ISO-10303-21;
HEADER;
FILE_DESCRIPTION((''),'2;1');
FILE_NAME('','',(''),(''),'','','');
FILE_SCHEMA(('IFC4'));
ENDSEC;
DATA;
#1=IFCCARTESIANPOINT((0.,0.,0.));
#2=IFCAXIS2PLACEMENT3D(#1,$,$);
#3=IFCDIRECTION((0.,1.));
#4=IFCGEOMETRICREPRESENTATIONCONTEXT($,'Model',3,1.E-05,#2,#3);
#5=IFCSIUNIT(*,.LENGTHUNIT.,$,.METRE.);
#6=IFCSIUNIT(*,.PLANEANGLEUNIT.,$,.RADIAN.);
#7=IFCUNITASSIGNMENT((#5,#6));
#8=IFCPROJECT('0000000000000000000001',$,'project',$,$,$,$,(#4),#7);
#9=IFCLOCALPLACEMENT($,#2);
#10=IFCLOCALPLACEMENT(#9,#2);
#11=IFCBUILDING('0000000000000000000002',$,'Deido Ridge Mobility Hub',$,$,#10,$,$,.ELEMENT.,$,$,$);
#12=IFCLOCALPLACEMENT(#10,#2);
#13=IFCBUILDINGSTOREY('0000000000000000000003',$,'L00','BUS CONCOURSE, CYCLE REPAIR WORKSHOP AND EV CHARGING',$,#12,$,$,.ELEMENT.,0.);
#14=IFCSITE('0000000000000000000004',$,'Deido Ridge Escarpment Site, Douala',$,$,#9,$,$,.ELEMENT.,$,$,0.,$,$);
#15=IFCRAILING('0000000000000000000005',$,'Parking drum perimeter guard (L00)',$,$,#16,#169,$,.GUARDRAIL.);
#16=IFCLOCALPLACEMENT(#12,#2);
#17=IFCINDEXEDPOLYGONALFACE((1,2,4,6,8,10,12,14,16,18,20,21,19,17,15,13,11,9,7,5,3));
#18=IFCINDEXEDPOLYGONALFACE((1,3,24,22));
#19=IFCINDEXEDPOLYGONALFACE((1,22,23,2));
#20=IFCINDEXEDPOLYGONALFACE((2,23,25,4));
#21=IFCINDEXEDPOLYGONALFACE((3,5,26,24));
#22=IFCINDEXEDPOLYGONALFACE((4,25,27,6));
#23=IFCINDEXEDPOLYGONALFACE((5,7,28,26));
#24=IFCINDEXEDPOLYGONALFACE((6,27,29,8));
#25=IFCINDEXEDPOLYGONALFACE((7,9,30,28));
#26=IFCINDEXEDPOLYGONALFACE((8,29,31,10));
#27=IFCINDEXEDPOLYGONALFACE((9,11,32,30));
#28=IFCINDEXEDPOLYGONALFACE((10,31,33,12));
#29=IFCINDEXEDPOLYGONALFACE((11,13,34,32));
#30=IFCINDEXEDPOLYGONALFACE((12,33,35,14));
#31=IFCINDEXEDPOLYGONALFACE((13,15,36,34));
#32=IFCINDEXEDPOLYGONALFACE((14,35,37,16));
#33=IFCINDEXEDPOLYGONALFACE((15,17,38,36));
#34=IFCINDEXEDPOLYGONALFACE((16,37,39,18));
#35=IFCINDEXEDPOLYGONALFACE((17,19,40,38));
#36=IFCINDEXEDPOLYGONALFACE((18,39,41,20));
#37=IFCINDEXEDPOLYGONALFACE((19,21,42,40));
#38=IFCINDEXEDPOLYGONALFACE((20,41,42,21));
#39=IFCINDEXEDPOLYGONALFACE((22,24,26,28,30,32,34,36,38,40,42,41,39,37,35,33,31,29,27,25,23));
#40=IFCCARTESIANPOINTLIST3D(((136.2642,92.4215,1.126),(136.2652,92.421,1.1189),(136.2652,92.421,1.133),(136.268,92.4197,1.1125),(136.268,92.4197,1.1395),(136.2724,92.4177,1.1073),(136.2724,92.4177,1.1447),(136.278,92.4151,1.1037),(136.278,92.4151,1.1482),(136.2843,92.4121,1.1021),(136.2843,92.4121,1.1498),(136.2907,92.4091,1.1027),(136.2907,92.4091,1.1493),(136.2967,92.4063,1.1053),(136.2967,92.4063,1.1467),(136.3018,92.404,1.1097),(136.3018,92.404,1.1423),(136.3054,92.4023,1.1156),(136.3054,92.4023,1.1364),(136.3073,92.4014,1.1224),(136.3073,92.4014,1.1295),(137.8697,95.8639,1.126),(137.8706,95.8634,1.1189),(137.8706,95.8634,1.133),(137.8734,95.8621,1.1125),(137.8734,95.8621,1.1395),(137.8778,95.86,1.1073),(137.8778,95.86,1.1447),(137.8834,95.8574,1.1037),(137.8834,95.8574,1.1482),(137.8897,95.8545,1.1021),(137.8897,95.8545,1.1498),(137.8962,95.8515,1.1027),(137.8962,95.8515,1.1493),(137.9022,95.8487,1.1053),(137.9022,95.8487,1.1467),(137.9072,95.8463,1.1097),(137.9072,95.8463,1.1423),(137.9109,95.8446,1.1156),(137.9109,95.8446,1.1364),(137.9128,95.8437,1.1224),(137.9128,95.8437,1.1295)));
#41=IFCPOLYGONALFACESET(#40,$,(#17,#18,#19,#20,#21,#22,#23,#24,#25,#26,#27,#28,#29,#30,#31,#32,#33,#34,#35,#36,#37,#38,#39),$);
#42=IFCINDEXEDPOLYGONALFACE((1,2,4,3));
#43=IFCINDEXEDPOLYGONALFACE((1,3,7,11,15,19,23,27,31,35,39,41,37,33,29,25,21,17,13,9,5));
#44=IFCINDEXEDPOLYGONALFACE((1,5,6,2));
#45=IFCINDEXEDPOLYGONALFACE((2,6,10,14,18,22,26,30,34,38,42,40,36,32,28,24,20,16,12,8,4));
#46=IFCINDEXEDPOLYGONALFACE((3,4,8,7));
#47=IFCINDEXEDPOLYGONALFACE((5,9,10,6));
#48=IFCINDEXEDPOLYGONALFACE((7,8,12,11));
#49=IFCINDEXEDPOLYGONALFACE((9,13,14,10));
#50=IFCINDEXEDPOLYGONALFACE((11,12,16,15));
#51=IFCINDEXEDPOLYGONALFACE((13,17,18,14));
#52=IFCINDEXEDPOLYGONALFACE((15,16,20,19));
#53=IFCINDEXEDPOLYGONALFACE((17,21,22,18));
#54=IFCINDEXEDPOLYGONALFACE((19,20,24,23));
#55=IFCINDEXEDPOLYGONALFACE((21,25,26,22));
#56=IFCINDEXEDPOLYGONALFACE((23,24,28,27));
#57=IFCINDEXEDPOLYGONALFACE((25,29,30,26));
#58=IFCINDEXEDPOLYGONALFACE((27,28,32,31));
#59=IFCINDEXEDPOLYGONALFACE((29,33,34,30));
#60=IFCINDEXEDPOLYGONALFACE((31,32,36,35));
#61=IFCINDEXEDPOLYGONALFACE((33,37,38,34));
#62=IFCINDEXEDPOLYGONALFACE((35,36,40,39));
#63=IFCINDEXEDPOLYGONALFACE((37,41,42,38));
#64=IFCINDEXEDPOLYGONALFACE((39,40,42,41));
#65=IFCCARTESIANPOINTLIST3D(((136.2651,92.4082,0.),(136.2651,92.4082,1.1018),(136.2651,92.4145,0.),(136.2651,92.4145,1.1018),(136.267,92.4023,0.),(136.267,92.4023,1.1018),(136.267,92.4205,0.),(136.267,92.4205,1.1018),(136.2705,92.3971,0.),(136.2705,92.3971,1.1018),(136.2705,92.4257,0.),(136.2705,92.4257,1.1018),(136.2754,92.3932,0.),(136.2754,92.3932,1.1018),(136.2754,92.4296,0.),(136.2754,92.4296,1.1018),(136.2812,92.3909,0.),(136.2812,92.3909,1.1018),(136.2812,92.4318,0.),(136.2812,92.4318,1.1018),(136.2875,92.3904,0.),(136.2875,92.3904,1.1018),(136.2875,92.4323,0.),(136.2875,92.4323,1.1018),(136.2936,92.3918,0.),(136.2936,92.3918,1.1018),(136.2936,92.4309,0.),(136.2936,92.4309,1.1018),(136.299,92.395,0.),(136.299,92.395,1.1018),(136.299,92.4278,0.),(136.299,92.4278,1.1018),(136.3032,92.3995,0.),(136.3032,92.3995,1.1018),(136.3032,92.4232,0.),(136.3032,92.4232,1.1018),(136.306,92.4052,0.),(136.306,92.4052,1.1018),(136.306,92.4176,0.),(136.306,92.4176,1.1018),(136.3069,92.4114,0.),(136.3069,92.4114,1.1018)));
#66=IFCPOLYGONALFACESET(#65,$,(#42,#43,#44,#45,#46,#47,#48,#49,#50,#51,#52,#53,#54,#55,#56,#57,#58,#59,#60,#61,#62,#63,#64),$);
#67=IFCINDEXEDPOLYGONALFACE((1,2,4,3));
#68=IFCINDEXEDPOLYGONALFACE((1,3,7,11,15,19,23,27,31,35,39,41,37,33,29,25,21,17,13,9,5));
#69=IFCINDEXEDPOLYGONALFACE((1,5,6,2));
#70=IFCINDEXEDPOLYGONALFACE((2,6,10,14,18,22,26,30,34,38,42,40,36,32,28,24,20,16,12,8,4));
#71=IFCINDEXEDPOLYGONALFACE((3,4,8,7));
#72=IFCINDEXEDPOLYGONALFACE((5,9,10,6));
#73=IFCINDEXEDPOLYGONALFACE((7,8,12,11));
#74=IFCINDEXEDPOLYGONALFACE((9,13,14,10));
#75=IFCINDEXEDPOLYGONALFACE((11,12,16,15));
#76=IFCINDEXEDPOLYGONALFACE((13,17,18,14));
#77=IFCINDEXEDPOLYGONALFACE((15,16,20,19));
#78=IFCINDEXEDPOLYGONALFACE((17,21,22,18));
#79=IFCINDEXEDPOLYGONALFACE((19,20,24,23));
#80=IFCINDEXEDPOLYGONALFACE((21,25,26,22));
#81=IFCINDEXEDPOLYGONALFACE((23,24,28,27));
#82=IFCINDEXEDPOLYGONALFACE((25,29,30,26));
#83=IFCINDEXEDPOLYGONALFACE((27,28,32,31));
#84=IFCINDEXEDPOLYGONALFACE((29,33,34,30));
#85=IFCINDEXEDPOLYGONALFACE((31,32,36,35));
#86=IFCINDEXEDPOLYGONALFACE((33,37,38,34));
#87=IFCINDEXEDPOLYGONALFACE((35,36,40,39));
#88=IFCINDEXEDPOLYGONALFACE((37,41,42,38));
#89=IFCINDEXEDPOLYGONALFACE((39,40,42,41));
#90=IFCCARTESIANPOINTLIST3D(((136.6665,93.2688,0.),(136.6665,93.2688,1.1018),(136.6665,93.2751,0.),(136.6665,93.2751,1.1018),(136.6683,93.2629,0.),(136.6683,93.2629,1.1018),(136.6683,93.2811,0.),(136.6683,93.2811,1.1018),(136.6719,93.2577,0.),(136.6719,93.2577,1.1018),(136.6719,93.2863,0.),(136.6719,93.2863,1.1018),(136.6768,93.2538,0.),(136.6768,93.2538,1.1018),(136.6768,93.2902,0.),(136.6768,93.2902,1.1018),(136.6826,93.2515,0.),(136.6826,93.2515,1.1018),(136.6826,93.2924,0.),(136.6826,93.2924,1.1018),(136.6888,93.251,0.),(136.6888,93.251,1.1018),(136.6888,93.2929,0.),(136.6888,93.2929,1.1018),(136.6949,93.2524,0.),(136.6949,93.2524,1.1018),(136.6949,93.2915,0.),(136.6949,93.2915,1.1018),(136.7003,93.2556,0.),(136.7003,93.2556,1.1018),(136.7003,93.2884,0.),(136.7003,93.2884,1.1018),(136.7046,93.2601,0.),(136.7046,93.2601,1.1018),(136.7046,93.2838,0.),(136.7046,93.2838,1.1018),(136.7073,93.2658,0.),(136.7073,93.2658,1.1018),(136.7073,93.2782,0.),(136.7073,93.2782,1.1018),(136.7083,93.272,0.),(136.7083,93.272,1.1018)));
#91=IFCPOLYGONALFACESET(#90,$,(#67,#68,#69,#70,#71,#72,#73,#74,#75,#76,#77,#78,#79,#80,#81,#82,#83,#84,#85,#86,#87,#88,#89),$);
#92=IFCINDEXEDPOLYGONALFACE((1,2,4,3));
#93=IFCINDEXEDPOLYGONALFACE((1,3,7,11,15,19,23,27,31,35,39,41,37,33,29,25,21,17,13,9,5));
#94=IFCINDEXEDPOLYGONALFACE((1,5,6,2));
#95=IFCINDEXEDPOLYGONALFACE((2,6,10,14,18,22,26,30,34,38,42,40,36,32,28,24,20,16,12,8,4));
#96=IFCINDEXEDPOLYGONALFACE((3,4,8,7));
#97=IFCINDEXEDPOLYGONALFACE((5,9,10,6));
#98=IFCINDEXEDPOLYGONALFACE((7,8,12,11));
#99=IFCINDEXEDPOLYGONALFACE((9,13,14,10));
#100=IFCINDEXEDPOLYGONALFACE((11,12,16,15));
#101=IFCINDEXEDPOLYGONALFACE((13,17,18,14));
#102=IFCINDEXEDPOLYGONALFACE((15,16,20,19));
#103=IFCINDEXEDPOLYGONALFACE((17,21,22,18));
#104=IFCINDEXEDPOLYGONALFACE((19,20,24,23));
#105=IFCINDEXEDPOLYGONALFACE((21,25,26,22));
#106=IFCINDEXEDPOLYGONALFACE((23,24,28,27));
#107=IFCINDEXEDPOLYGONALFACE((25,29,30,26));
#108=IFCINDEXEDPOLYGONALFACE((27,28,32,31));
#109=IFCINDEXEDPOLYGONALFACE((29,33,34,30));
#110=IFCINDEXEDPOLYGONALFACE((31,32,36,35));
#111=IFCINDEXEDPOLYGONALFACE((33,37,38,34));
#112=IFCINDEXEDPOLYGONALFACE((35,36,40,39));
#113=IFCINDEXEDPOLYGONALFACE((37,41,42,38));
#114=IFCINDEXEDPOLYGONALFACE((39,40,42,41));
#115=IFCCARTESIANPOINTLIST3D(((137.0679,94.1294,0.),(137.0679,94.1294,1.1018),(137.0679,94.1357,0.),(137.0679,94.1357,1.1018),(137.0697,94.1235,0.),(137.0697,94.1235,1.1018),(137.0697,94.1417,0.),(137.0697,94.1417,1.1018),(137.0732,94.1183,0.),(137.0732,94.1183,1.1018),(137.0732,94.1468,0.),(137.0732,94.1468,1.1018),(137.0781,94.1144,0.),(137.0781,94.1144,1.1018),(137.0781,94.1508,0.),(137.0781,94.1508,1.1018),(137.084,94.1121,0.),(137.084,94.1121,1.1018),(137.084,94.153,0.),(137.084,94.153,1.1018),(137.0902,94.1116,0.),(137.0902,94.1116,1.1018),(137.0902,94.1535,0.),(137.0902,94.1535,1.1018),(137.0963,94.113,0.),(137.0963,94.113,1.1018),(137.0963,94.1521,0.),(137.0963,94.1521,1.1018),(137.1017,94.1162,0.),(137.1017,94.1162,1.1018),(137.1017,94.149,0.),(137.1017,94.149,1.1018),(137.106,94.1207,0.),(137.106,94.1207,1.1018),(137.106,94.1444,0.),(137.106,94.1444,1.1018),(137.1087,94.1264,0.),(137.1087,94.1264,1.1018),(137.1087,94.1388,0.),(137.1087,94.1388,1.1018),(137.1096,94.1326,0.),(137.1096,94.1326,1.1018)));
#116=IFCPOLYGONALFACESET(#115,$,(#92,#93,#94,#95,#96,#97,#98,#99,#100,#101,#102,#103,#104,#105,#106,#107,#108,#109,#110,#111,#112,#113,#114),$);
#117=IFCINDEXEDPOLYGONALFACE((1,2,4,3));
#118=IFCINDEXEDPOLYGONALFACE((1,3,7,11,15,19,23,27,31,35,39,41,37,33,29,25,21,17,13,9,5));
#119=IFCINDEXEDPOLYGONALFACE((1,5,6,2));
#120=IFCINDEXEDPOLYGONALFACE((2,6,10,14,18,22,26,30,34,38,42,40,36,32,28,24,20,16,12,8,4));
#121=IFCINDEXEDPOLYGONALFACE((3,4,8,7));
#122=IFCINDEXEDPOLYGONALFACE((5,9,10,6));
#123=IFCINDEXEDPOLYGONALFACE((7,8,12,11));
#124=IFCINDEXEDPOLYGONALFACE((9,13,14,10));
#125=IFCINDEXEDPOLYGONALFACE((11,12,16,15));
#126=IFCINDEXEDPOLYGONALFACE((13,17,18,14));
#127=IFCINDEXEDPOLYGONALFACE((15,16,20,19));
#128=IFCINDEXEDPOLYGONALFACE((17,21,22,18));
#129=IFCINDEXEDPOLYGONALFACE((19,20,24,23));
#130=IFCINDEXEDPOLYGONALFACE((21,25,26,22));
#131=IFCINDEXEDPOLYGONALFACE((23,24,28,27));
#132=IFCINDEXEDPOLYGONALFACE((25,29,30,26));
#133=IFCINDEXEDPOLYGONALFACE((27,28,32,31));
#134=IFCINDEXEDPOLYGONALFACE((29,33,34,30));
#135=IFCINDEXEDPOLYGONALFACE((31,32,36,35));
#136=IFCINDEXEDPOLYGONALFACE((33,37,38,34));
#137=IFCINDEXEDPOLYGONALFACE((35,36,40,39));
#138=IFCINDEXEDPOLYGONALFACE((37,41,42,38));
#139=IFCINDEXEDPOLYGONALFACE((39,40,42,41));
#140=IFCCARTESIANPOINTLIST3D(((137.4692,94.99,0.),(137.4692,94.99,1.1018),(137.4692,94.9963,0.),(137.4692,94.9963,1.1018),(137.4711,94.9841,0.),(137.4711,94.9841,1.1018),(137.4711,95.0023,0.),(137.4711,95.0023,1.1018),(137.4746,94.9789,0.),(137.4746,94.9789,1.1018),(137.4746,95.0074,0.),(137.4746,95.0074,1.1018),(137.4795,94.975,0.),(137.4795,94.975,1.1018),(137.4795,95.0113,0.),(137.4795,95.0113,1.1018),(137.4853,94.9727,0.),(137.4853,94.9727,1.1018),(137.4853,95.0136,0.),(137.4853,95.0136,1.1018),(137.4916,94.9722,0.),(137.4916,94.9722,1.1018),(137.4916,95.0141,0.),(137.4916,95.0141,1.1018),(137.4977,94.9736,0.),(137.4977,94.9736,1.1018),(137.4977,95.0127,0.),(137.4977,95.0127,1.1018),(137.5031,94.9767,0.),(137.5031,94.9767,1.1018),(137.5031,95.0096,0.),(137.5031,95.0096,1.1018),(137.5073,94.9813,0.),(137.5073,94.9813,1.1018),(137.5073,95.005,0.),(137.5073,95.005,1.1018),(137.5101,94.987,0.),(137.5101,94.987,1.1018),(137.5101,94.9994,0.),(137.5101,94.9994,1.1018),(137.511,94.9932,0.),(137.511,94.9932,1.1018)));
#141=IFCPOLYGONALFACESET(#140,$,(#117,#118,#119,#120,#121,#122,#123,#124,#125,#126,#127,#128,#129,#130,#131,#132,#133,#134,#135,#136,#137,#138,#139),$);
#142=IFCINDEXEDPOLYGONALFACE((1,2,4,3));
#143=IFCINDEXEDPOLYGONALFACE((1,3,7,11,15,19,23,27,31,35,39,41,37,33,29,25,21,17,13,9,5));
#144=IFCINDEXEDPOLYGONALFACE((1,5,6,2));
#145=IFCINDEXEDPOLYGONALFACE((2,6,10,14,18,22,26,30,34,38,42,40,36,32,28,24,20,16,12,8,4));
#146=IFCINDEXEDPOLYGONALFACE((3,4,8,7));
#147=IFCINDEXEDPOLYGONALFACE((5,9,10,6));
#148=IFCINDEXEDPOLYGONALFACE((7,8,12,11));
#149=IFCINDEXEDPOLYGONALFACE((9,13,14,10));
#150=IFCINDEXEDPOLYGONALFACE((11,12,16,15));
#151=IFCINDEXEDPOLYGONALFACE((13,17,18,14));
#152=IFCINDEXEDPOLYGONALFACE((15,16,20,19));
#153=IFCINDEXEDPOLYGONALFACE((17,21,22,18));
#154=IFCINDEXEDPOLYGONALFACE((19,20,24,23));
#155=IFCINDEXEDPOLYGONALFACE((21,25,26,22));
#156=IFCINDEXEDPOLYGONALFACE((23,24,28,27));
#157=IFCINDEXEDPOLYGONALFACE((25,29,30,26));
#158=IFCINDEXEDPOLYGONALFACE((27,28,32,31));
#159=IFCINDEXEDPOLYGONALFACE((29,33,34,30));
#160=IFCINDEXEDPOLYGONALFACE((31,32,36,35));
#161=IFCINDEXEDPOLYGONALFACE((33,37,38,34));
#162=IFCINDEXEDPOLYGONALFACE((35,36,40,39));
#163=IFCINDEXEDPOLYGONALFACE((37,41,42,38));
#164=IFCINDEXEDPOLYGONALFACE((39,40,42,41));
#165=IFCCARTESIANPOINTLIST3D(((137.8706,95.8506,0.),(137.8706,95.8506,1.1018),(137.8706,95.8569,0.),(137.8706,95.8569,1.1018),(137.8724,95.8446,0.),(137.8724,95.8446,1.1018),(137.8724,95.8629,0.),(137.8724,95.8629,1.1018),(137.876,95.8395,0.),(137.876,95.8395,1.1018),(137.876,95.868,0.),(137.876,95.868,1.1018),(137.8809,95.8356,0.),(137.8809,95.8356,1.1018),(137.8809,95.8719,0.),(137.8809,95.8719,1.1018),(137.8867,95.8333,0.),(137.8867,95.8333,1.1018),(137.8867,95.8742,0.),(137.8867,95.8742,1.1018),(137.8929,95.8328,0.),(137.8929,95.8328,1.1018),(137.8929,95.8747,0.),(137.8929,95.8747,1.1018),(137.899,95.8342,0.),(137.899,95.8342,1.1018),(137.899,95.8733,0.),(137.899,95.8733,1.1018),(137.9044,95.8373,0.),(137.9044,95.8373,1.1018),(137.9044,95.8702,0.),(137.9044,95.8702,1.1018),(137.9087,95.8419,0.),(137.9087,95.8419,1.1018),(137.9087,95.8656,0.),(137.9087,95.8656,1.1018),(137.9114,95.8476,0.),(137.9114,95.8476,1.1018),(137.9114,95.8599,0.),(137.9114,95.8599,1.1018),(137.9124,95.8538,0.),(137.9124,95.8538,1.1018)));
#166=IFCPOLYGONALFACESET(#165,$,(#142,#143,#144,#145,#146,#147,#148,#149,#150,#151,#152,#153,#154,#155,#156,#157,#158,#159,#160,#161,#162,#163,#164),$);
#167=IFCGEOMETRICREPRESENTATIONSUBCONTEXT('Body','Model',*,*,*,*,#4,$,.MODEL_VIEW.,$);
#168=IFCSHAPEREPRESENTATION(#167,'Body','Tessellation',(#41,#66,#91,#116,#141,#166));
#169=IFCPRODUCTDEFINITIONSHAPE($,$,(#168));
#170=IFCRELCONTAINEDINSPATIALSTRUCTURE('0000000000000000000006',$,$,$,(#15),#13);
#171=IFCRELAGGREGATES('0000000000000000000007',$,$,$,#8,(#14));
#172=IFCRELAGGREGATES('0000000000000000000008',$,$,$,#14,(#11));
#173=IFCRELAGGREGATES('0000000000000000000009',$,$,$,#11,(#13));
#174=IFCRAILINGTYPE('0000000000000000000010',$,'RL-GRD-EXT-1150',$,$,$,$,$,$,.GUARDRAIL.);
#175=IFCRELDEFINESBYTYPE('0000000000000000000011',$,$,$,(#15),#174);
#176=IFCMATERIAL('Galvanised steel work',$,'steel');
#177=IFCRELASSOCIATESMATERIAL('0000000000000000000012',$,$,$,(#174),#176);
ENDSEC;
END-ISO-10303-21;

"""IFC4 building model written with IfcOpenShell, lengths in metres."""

from ifc_helpers import new_model, si_unit, direction, frame, origin, origin_2d, place, context, subcontext, project, spatial, circle, extrude, material, type_object, element, save


model = new_model("IFC4")

# Units and contexts
model_context = context("Model", 3, precision=1e-05, world=origin(), true_north=direction((0.0, 1.0)))
body_context = subcontext(model_context, "Body", "Model", "MODEL_VIEW")
ifc_project = project(units=[si_unit("LENGTHUNIT", "METRE"), si_unit("PLANEANGLEUNIT", "RADIAN")], contexts=[model_context])

# Site, building, storey
site_placement = place(None, origin())
site = spatial("IfcSite", under=ifc_project, at=site_placement, Name="Deido Ridge Escarpment Site, Douala", CompositionType="ELEMENT", RefElevation=0.0)
building_placement = place(site_placement, origin())
building = spatial("IfcBuilding", under=site, at=building_placement, Name="Deido Ridge Mobility Hub", CompositionType="ELEMENT")
storey_placement = place(building_placement, origin())
storey = spatial("IfcBuildingStorey", under=building, at=storey_placement, Name="L00", Description="BUS CONCOURSE, CYCLE REPAIR WORKSHOP AND EV CHARGING", CompositionType="ELEMENT", Elevation=0.0)

# Railing
ifc_material_1 = material(Name="Galvanised steel work", Category="steel")
railing_type = type_object("IfcRailingType", Name="RL-GRD-EXT-1150", PredefinedType="GUARDRAIL", material=ifc_material_1)
railing_1_placement = place(storey_placement, frame((136.2859, 92.4114, 0.0)))
element("IfcRailing", 1, at=railing_1_placement, inside=storey, type_object=railing_type, Name="Parking drum perimeter guard (L00)", PredefinedType="GUARDRAIL", context=body_context, shape_type="SweptSolid", body=[
    extrude(circle(Radius=0.0239, at=origin_2d()), frame((0.0, 0.0, 1.126), z_axis=(0.422674, 0.906282, 0.0), x_axis=(-0.906282, 0.422674, 0.0)), (0.0, 0.0, 1.0), 3.7983),
    extrude(circle(Radius=0.021, at=origin_2d()), origin(), (0.0, 0.0, 1.0), 1.1018),
    extrude(circle(Radius=0.021, at=origin_2d()), frame((0.4014, 0.8606, 0.0)), (0.0, 0.0, 1.0), 1.1018),
    extrude(circle(Radius=0.021, at=origin_2d()), frame((0.8027, 1.7212, 0.0)), (0.0, 0.0, 1.0), 1.1018),
    extrude(circle(Radius=0.021, at=origin_2d()), frame((1.2041, 2.5818, 0.0)), (0.0, 0.0, 1.0), 1.1018),
    extrude(circle(Radius=0.021, at=origin_2d()), frame((1.6055, 3.4424, 0.0)), (0.0, 0.0, 1.0), 1.1018),
])

save(model, "model.ifc")
